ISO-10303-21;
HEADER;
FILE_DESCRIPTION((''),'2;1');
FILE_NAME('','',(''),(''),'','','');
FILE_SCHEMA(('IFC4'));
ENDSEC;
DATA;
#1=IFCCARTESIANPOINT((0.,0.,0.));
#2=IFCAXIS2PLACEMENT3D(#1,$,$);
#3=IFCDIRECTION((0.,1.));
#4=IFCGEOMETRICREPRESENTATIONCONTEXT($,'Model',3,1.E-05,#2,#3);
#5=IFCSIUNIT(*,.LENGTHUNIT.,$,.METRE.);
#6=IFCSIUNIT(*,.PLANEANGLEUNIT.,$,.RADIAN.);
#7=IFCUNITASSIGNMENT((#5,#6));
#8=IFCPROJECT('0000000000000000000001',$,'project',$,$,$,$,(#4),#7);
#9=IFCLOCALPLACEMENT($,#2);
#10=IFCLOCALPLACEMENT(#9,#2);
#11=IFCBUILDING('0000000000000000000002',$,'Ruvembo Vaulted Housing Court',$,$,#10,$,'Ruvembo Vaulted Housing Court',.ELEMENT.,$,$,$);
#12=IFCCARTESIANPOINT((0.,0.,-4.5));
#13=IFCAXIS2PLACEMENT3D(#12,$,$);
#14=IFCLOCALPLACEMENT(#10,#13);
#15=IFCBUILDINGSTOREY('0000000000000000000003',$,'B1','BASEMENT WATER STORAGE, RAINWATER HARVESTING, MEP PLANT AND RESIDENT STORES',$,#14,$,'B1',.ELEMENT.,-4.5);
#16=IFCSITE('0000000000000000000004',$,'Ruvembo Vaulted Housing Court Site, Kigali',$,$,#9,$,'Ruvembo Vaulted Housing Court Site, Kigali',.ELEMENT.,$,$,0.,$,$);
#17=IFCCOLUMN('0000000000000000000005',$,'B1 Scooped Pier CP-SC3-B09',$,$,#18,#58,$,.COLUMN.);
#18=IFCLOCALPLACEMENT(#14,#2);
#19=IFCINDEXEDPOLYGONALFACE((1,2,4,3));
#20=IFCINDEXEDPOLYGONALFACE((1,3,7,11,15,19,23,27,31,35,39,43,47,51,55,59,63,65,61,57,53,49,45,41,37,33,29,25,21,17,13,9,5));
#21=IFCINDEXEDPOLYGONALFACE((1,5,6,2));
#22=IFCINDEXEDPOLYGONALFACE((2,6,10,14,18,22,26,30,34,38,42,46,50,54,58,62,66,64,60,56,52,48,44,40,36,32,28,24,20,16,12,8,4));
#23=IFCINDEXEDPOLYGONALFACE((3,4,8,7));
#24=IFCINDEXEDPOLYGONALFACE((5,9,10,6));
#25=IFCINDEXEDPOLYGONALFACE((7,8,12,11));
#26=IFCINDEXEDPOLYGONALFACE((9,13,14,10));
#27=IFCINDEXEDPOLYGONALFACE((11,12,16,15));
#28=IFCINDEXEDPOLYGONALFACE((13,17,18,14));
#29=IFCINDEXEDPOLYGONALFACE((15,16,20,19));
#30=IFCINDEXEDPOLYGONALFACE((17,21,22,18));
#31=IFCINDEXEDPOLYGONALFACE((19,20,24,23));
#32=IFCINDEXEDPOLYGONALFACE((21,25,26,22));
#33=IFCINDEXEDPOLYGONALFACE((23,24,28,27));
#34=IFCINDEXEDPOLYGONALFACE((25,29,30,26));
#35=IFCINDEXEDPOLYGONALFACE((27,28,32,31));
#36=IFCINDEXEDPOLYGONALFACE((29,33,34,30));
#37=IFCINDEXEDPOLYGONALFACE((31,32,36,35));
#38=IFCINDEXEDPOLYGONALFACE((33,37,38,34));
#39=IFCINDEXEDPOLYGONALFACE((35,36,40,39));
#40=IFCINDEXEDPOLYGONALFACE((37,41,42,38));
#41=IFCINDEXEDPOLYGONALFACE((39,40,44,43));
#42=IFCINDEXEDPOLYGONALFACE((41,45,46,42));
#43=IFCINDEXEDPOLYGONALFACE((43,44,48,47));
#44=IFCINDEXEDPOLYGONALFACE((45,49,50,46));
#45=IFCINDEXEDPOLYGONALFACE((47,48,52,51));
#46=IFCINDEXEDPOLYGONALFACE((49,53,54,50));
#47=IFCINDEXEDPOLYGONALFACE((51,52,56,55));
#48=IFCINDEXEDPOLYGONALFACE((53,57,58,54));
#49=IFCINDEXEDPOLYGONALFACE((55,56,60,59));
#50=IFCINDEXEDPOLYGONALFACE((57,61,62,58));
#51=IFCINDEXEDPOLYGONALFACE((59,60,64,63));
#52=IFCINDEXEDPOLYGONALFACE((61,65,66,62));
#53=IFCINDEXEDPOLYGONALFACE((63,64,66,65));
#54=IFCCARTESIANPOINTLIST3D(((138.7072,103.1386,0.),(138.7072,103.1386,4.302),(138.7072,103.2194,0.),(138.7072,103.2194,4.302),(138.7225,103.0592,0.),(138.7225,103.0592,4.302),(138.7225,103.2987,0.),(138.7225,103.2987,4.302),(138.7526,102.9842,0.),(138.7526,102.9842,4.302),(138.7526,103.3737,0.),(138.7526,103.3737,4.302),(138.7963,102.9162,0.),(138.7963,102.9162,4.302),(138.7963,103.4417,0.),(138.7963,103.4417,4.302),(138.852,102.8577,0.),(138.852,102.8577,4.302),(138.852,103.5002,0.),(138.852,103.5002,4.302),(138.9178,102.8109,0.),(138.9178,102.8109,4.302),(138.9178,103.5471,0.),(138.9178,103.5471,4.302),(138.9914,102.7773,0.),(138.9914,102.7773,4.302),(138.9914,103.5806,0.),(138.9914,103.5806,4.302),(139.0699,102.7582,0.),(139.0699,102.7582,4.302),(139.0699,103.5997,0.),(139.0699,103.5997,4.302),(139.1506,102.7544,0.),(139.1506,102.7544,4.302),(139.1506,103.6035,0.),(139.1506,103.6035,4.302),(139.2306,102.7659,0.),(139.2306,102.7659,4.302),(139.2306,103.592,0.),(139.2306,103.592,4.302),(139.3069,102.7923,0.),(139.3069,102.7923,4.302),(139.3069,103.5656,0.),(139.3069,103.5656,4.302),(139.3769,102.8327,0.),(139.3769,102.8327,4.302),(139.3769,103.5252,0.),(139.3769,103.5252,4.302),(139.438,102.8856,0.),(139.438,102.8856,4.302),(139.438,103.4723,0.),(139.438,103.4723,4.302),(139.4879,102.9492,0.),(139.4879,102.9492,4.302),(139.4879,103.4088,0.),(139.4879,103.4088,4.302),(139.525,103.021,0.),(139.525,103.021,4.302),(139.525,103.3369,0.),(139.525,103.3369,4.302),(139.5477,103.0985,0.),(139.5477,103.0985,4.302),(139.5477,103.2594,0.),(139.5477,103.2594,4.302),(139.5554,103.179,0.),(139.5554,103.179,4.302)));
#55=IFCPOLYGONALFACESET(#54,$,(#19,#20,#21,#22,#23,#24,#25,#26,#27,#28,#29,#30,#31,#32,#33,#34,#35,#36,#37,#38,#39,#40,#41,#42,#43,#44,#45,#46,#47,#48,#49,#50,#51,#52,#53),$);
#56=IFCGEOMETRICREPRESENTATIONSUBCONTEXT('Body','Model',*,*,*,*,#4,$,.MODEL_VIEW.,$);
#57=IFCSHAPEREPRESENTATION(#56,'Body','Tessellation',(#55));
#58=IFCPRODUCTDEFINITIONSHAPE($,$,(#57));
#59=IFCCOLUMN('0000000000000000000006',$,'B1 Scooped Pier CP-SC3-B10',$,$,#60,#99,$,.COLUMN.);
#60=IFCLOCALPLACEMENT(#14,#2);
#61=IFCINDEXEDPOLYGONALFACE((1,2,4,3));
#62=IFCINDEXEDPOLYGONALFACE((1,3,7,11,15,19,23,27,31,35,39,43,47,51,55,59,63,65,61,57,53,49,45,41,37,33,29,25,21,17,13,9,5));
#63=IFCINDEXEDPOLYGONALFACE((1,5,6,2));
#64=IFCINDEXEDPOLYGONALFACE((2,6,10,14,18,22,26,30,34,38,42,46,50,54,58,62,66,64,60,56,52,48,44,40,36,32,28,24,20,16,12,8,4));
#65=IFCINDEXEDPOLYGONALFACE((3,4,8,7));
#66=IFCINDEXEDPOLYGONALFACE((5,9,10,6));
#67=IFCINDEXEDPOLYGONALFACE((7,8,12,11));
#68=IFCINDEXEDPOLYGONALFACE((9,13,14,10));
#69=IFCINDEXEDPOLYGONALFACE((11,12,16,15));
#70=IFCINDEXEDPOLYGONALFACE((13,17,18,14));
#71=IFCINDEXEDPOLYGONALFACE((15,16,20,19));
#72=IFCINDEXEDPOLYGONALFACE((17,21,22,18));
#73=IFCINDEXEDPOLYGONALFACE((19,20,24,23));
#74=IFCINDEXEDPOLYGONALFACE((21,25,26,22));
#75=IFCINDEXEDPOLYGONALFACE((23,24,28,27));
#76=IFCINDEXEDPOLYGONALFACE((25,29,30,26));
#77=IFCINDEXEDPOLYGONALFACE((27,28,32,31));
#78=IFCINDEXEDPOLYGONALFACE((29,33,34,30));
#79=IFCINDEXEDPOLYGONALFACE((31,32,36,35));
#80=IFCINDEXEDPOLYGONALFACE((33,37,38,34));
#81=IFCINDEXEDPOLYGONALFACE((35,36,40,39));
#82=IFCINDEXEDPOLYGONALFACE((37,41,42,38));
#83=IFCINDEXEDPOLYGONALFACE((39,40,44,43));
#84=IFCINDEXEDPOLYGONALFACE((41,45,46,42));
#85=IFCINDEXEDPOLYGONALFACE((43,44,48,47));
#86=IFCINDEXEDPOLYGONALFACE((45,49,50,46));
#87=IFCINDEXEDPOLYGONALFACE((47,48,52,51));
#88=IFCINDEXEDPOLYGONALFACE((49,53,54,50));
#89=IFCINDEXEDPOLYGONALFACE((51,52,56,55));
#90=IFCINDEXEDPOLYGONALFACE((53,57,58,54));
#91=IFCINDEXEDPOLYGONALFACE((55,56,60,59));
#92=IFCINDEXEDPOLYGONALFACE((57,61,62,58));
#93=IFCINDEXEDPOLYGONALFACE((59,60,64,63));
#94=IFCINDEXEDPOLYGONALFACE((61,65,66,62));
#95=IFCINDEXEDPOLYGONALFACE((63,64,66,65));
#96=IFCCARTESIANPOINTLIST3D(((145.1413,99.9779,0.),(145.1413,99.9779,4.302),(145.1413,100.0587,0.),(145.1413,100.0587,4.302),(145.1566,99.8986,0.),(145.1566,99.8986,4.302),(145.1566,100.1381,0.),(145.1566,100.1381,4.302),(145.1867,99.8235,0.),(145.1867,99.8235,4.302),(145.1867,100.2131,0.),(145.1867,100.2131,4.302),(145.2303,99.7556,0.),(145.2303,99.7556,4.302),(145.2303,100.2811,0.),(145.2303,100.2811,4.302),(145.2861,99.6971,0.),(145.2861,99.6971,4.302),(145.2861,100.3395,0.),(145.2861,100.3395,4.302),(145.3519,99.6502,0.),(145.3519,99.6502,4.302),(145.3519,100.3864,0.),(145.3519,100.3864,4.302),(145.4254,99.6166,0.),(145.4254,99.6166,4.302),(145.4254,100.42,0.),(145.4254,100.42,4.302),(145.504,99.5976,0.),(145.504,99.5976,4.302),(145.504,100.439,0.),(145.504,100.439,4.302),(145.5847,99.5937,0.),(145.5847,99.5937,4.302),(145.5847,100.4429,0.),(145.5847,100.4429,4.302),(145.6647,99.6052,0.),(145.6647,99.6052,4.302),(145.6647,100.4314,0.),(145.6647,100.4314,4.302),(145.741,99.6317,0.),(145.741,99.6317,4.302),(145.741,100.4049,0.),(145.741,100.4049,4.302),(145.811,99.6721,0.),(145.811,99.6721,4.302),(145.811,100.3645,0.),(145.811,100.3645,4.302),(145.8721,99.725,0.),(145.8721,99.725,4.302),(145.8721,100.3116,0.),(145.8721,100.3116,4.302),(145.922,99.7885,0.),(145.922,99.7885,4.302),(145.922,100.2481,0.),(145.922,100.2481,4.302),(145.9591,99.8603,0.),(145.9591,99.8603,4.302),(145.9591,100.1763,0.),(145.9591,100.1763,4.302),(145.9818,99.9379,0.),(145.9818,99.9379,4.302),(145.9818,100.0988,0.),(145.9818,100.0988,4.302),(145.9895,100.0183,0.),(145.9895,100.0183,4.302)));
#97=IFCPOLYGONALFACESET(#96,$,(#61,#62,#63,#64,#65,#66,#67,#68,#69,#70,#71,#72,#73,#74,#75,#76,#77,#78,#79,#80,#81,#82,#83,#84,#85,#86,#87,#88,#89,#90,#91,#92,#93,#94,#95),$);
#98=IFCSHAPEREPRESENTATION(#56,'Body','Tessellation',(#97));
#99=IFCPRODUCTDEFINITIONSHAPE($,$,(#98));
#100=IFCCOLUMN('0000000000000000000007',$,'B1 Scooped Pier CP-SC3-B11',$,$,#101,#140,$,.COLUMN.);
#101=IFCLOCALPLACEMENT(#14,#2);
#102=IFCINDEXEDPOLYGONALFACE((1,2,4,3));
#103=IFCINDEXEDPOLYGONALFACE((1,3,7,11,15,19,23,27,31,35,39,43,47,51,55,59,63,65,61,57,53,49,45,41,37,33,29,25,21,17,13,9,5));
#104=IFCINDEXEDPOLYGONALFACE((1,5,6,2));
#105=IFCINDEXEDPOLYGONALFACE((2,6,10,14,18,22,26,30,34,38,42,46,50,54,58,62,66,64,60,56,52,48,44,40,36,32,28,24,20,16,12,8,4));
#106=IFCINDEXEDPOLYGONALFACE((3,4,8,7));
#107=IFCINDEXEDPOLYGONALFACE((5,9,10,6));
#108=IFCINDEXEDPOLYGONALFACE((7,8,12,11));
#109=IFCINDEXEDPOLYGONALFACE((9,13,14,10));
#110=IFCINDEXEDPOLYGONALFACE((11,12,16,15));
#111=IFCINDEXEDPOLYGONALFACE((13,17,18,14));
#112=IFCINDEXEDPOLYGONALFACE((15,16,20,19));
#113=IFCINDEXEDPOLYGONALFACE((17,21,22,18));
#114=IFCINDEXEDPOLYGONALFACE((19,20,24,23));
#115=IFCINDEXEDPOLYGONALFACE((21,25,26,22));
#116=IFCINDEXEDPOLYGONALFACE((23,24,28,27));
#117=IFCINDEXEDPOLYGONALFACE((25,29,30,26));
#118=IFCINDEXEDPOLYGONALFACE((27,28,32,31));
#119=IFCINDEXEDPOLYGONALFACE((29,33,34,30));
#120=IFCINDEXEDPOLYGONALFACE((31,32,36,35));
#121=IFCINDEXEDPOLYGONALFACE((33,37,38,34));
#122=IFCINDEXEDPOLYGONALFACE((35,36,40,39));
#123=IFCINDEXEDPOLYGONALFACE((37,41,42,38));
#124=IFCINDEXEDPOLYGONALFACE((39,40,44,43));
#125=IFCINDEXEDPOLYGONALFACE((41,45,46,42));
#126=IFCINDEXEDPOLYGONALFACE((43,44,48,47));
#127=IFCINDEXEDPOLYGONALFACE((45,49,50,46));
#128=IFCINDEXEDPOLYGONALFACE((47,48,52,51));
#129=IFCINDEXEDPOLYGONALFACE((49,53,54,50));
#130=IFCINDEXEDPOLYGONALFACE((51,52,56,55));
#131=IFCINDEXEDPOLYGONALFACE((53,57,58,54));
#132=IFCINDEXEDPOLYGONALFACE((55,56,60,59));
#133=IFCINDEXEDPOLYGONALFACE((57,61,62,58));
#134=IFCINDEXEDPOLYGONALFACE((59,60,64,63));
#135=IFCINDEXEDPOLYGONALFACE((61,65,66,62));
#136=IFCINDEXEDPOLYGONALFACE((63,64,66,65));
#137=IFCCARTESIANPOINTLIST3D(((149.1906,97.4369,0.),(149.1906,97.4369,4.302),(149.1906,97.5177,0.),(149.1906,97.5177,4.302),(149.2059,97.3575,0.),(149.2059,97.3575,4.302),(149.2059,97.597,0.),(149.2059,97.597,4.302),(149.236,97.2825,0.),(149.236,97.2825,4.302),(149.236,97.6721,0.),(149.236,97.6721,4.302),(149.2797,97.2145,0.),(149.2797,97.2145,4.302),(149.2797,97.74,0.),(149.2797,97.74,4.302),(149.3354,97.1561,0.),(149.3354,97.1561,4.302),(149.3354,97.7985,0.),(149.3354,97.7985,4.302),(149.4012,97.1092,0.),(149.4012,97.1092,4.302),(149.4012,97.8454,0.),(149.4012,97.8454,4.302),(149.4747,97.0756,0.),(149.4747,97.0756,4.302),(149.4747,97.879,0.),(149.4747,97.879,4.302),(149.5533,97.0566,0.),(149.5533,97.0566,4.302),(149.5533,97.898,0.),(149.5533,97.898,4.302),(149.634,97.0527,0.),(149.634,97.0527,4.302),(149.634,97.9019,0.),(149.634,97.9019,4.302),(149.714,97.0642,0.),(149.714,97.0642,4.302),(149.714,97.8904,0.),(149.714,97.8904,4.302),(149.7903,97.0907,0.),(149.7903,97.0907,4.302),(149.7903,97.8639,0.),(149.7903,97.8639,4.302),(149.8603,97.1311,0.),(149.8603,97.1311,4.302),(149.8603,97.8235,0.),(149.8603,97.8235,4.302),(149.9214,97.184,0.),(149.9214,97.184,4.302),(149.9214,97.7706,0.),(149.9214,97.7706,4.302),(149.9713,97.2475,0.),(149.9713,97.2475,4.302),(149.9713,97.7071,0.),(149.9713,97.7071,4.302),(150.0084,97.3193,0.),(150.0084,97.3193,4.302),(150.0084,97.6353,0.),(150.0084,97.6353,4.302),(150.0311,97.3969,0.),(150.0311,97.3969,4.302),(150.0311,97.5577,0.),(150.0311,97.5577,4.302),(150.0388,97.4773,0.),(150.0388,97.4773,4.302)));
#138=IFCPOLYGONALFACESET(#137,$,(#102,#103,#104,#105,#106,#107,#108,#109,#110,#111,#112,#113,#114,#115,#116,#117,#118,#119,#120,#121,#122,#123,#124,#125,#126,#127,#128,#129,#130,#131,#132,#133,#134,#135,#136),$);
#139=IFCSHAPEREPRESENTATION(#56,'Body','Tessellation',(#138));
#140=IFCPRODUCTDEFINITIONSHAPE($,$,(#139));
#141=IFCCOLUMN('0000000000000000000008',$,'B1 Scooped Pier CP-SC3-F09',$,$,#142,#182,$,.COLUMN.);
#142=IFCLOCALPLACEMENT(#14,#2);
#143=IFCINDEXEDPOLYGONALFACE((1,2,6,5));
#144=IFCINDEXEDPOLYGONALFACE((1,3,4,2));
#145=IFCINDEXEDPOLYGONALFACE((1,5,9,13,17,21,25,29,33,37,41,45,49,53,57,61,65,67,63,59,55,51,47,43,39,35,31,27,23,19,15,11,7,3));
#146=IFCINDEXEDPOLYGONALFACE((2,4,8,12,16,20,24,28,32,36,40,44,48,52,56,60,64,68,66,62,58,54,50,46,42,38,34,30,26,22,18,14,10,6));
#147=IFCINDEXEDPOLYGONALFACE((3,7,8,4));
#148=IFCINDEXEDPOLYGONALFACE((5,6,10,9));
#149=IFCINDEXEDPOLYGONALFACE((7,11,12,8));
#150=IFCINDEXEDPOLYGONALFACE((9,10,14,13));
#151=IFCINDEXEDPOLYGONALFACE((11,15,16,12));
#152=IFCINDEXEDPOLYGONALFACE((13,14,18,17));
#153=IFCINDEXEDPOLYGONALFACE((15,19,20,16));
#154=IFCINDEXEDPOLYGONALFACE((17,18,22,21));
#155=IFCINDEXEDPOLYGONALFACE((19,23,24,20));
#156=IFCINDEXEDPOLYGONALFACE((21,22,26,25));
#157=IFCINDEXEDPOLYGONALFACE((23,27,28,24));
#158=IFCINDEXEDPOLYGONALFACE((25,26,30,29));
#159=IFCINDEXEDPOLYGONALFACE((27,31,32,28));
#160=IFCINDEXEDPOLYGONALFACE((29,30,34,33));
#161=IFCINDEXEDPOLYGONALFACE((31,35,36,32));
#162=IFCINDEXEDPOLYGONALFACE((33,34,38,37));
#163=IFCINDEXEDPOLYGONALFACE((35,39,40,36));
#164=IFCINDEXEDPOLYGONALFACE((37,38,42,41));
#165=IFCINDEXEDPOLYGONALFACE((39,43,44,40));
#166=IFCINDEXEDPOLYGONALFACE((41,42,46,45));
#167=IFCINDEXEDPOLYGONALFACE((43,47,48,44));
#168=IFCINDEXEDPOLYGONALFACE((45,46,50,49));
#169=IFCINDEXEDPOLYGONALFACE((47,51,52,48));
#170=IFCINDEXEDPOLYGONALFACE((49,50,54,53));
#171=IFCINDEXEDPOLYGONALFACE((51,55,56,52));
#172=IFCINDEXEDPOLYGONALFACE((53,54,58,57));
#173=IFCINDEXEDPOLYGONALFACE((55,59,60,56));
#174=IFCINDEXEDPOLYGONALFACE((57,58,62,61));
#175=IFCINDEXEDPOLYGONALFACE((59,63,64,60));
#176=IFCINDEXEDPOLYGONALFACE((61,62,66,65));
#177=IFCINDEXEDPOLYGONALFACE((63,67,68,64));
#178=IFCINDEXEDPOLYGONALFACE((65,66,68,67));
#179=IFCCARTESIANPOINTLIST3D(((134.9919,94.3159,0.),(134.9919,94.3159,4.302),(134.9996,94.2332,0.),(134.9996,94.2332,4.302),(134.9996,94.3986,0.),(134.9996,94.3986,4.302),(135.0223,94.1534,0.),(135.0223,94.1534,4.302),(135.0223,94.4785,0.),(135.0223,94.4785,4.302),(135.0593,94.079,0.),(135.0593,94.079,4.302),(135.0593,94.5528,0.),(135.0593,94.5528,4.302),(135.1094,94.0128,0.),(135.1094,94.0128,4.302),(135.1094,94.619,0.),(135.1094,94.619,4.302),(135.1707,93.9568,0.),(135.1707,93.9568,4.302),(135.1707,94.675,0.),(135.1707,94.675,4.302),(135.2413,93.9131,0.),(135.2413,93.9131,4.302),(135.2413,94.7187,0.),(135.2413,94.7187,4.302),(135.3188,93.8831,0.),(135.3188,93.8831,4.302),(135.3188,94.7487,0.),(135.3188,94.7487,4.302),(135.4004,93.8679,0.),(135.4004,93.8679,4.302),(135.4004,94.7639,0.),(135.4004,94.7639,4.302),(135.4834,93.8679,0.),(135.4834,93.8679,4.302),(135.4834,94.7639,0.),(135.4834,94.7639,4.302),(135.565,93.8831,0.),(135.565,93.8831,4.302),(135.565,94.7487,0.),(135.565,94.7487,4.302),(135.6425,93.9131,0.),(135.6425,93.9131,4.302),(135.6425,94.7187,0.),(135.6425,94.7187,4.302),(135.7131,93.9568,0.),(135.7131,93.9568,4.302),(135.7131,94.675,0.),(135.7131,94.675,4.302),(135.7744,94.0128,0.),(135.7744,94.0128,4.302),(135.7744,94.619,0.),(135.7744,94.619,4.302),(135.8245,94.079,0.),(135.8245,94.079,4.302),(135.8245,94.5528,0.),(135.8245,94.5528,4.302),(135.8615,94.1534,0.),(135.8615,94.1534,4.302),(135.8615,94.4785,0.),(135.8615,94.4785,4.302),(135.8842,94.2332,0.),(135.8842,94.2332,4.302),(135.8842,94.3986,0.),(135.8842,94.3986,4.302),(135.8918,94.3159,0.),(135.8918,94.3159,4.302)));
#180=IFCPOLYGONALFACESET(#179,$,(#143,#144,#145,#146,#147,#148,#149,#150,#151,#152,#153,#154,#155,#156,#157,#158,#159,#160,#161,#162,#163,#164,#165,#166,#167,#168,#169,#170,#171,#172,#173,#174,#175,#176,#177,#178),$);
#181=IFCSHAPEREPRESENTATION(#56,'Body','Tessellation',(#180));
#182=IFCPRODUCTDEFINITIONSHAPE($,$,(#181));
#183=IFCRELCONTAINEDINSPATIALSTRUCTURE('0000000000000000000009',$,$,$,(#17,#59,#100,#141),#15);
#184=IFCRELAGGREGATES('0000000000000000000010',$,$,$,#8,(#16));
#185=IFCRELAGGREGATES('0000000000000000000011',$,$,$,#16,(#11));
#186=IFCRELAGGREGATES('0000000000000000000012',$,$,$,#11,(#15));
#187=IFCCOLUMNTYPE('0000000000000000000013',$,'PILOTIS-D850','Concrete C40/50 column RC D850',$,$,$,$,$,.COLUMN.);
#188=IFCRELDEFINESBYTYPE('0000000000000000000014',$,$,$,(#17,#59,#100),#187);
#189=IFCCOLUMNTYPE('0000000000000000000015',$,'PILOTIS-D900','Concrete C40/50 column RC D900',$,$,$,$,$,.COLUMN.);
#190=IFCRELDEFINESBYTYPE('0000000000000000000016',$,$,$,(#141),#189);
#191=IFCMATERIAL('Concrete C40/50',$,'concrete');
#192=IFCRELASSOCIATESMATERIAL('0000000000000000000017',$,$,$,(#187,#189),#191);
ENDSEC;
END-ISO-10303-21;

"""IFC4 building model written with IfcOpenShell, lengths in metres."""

from ifc_helpers import new_model, si_unit, direction, frame, origin, origin_2d, place, context, subcontext, project, spatial, circle, extrude, material, material_profile, profile_set, type_object, element, save


model = new_model("IFC4")

# Units and contexts
model_context = context("Model", 3, precision=1e-05, world=origin(), true_north=direction((0.0, 1.0)))
body_context = subcontext(model_context, "Body", "Model", "MODEL_VIEW")
ifc_project = project(units=[si_unit("LENGTHUNIT", "METRE"), si_unit("PLANEANGLEUNIT", "RADIAN")], contexts=[model_context])

# Site, building, storey
site_placement = place(None, origin())
site = spatial("IfcSite", under=ifc_project, at=site_placement, Name="Ruvembo Vaulted Housing Court Site, Kigali", LongName="Ruvembo Vaulted Housing Court Site, Kigali", CompositionType="ELEMENT", RefElevation=0.0)
building_placement = place(site_placement, origin())
building = spatial("IfcBuilding", under=site, at=building_placement, Name="Ruvembo Vaulted Housing Court", LongName="Ruvembo Vaulted Housing Court", CompositionType="ELEMENT")
storey_placement = place(building_placement, frame((0.0, 0.0, -4.5)))
storey = spatial("IfcBuildingStorey", under=building, at=storey_placement, Name="B1", Description="BASEMENT WATER STORAGE, RAINWATER HARVESTING, MEP PLANT AND RESIDENT STORES", LongName="B1", CompositionType="ELEMENT", Elevation=-4.5)

# Columns
ifc_material_1 = material(Name="Concrete C40/50", Category="concrete")
ifc_material_profile_1 = material_profile(ifc_material_1, circle(Radius=0.425, at=origin_2d()), Name="RC D850")
ifc_profile_set_1 = profile_set([ifc_material_profile_1], Name="Concrete C40/50")
column_type_1 = type_object("IfcColumnType", Name="PILOTIS-D850", Description="Concrete C40/50 column RC D850", PredefinedType="COLUMN", material=ifc_profile_set_1)
for number, where, z_axis, x_axis, name in (
    (1, (139.1304, 103.179, 0.0), (0.0, 0.0, 1.0), (1.0, 0.0, 0.0), "B1 Scooped Pier CP-SC3-B09"),
    (2, (145.5645, 100.0183, 0.0), (0.0, 0.0, 1.0), (1.0, 0.0, 0.0), "B1 Scooped Pier CP-SC3-B10"),
    (3, (149.6138, 97.4773, 0.0), (0.0, 0.0, 1.0), (1.0, 0.0, 0.0), "B1 Scooped Pier CP-SC3-B11"),
):
    element("IfcColumn", number, at=place(storey_placement, frame(where, z_axis=z_axis, x_axis=x_axis)), inside=storey, type_object=column_type_1, Name=name, PredefinedType="COLUMN", context=body_context, shape_type="SweptSolid", body=[
        extrude(circle(Radius=0.425, at=origin_2d()), origin(), (0.0, 0.0, 1.0), 4.302),
    ])
ifc_material_profile_2 = material_profile(ifc_material_1, circle(Radius=0.45, at=origin_2d()), Name="RC D900")
ifc_profile_set_2 = profile_set([ifc_material_profile_2], Name="Concrete C40/50")
column_type_2 = type_object("IfcColumnType", Name="PILOTIS-D900", Description="Concrete C40/50 column RC D900", PredefinedType="COLUMN", material=ifc_profile_set_2)
for number, where, z_axis, x_axis, name in (
    (4, (135.4419, 94.3159, 0.0), (0.0, 0.0, 1.0), (1.0, 0.0, 0.0), "B1 Scooped Pier CP-SC3-F09"),
):
    element("IfcColumn", number, at=place(storey_placement, frame(where, z_axis=z_axis, x_axis=x_axis)), inside=storey, type_object=column_type_2, Name=name, PredefinedType="COLUMN", context=body_context, shape_type="SweptSolid", body=[
        extrude(circle(Radius=0.45, at=origin_2d()), origin(), (0.0, 0.0, 1.0), 4.302),
    ])

save(model, "model.ifc")
